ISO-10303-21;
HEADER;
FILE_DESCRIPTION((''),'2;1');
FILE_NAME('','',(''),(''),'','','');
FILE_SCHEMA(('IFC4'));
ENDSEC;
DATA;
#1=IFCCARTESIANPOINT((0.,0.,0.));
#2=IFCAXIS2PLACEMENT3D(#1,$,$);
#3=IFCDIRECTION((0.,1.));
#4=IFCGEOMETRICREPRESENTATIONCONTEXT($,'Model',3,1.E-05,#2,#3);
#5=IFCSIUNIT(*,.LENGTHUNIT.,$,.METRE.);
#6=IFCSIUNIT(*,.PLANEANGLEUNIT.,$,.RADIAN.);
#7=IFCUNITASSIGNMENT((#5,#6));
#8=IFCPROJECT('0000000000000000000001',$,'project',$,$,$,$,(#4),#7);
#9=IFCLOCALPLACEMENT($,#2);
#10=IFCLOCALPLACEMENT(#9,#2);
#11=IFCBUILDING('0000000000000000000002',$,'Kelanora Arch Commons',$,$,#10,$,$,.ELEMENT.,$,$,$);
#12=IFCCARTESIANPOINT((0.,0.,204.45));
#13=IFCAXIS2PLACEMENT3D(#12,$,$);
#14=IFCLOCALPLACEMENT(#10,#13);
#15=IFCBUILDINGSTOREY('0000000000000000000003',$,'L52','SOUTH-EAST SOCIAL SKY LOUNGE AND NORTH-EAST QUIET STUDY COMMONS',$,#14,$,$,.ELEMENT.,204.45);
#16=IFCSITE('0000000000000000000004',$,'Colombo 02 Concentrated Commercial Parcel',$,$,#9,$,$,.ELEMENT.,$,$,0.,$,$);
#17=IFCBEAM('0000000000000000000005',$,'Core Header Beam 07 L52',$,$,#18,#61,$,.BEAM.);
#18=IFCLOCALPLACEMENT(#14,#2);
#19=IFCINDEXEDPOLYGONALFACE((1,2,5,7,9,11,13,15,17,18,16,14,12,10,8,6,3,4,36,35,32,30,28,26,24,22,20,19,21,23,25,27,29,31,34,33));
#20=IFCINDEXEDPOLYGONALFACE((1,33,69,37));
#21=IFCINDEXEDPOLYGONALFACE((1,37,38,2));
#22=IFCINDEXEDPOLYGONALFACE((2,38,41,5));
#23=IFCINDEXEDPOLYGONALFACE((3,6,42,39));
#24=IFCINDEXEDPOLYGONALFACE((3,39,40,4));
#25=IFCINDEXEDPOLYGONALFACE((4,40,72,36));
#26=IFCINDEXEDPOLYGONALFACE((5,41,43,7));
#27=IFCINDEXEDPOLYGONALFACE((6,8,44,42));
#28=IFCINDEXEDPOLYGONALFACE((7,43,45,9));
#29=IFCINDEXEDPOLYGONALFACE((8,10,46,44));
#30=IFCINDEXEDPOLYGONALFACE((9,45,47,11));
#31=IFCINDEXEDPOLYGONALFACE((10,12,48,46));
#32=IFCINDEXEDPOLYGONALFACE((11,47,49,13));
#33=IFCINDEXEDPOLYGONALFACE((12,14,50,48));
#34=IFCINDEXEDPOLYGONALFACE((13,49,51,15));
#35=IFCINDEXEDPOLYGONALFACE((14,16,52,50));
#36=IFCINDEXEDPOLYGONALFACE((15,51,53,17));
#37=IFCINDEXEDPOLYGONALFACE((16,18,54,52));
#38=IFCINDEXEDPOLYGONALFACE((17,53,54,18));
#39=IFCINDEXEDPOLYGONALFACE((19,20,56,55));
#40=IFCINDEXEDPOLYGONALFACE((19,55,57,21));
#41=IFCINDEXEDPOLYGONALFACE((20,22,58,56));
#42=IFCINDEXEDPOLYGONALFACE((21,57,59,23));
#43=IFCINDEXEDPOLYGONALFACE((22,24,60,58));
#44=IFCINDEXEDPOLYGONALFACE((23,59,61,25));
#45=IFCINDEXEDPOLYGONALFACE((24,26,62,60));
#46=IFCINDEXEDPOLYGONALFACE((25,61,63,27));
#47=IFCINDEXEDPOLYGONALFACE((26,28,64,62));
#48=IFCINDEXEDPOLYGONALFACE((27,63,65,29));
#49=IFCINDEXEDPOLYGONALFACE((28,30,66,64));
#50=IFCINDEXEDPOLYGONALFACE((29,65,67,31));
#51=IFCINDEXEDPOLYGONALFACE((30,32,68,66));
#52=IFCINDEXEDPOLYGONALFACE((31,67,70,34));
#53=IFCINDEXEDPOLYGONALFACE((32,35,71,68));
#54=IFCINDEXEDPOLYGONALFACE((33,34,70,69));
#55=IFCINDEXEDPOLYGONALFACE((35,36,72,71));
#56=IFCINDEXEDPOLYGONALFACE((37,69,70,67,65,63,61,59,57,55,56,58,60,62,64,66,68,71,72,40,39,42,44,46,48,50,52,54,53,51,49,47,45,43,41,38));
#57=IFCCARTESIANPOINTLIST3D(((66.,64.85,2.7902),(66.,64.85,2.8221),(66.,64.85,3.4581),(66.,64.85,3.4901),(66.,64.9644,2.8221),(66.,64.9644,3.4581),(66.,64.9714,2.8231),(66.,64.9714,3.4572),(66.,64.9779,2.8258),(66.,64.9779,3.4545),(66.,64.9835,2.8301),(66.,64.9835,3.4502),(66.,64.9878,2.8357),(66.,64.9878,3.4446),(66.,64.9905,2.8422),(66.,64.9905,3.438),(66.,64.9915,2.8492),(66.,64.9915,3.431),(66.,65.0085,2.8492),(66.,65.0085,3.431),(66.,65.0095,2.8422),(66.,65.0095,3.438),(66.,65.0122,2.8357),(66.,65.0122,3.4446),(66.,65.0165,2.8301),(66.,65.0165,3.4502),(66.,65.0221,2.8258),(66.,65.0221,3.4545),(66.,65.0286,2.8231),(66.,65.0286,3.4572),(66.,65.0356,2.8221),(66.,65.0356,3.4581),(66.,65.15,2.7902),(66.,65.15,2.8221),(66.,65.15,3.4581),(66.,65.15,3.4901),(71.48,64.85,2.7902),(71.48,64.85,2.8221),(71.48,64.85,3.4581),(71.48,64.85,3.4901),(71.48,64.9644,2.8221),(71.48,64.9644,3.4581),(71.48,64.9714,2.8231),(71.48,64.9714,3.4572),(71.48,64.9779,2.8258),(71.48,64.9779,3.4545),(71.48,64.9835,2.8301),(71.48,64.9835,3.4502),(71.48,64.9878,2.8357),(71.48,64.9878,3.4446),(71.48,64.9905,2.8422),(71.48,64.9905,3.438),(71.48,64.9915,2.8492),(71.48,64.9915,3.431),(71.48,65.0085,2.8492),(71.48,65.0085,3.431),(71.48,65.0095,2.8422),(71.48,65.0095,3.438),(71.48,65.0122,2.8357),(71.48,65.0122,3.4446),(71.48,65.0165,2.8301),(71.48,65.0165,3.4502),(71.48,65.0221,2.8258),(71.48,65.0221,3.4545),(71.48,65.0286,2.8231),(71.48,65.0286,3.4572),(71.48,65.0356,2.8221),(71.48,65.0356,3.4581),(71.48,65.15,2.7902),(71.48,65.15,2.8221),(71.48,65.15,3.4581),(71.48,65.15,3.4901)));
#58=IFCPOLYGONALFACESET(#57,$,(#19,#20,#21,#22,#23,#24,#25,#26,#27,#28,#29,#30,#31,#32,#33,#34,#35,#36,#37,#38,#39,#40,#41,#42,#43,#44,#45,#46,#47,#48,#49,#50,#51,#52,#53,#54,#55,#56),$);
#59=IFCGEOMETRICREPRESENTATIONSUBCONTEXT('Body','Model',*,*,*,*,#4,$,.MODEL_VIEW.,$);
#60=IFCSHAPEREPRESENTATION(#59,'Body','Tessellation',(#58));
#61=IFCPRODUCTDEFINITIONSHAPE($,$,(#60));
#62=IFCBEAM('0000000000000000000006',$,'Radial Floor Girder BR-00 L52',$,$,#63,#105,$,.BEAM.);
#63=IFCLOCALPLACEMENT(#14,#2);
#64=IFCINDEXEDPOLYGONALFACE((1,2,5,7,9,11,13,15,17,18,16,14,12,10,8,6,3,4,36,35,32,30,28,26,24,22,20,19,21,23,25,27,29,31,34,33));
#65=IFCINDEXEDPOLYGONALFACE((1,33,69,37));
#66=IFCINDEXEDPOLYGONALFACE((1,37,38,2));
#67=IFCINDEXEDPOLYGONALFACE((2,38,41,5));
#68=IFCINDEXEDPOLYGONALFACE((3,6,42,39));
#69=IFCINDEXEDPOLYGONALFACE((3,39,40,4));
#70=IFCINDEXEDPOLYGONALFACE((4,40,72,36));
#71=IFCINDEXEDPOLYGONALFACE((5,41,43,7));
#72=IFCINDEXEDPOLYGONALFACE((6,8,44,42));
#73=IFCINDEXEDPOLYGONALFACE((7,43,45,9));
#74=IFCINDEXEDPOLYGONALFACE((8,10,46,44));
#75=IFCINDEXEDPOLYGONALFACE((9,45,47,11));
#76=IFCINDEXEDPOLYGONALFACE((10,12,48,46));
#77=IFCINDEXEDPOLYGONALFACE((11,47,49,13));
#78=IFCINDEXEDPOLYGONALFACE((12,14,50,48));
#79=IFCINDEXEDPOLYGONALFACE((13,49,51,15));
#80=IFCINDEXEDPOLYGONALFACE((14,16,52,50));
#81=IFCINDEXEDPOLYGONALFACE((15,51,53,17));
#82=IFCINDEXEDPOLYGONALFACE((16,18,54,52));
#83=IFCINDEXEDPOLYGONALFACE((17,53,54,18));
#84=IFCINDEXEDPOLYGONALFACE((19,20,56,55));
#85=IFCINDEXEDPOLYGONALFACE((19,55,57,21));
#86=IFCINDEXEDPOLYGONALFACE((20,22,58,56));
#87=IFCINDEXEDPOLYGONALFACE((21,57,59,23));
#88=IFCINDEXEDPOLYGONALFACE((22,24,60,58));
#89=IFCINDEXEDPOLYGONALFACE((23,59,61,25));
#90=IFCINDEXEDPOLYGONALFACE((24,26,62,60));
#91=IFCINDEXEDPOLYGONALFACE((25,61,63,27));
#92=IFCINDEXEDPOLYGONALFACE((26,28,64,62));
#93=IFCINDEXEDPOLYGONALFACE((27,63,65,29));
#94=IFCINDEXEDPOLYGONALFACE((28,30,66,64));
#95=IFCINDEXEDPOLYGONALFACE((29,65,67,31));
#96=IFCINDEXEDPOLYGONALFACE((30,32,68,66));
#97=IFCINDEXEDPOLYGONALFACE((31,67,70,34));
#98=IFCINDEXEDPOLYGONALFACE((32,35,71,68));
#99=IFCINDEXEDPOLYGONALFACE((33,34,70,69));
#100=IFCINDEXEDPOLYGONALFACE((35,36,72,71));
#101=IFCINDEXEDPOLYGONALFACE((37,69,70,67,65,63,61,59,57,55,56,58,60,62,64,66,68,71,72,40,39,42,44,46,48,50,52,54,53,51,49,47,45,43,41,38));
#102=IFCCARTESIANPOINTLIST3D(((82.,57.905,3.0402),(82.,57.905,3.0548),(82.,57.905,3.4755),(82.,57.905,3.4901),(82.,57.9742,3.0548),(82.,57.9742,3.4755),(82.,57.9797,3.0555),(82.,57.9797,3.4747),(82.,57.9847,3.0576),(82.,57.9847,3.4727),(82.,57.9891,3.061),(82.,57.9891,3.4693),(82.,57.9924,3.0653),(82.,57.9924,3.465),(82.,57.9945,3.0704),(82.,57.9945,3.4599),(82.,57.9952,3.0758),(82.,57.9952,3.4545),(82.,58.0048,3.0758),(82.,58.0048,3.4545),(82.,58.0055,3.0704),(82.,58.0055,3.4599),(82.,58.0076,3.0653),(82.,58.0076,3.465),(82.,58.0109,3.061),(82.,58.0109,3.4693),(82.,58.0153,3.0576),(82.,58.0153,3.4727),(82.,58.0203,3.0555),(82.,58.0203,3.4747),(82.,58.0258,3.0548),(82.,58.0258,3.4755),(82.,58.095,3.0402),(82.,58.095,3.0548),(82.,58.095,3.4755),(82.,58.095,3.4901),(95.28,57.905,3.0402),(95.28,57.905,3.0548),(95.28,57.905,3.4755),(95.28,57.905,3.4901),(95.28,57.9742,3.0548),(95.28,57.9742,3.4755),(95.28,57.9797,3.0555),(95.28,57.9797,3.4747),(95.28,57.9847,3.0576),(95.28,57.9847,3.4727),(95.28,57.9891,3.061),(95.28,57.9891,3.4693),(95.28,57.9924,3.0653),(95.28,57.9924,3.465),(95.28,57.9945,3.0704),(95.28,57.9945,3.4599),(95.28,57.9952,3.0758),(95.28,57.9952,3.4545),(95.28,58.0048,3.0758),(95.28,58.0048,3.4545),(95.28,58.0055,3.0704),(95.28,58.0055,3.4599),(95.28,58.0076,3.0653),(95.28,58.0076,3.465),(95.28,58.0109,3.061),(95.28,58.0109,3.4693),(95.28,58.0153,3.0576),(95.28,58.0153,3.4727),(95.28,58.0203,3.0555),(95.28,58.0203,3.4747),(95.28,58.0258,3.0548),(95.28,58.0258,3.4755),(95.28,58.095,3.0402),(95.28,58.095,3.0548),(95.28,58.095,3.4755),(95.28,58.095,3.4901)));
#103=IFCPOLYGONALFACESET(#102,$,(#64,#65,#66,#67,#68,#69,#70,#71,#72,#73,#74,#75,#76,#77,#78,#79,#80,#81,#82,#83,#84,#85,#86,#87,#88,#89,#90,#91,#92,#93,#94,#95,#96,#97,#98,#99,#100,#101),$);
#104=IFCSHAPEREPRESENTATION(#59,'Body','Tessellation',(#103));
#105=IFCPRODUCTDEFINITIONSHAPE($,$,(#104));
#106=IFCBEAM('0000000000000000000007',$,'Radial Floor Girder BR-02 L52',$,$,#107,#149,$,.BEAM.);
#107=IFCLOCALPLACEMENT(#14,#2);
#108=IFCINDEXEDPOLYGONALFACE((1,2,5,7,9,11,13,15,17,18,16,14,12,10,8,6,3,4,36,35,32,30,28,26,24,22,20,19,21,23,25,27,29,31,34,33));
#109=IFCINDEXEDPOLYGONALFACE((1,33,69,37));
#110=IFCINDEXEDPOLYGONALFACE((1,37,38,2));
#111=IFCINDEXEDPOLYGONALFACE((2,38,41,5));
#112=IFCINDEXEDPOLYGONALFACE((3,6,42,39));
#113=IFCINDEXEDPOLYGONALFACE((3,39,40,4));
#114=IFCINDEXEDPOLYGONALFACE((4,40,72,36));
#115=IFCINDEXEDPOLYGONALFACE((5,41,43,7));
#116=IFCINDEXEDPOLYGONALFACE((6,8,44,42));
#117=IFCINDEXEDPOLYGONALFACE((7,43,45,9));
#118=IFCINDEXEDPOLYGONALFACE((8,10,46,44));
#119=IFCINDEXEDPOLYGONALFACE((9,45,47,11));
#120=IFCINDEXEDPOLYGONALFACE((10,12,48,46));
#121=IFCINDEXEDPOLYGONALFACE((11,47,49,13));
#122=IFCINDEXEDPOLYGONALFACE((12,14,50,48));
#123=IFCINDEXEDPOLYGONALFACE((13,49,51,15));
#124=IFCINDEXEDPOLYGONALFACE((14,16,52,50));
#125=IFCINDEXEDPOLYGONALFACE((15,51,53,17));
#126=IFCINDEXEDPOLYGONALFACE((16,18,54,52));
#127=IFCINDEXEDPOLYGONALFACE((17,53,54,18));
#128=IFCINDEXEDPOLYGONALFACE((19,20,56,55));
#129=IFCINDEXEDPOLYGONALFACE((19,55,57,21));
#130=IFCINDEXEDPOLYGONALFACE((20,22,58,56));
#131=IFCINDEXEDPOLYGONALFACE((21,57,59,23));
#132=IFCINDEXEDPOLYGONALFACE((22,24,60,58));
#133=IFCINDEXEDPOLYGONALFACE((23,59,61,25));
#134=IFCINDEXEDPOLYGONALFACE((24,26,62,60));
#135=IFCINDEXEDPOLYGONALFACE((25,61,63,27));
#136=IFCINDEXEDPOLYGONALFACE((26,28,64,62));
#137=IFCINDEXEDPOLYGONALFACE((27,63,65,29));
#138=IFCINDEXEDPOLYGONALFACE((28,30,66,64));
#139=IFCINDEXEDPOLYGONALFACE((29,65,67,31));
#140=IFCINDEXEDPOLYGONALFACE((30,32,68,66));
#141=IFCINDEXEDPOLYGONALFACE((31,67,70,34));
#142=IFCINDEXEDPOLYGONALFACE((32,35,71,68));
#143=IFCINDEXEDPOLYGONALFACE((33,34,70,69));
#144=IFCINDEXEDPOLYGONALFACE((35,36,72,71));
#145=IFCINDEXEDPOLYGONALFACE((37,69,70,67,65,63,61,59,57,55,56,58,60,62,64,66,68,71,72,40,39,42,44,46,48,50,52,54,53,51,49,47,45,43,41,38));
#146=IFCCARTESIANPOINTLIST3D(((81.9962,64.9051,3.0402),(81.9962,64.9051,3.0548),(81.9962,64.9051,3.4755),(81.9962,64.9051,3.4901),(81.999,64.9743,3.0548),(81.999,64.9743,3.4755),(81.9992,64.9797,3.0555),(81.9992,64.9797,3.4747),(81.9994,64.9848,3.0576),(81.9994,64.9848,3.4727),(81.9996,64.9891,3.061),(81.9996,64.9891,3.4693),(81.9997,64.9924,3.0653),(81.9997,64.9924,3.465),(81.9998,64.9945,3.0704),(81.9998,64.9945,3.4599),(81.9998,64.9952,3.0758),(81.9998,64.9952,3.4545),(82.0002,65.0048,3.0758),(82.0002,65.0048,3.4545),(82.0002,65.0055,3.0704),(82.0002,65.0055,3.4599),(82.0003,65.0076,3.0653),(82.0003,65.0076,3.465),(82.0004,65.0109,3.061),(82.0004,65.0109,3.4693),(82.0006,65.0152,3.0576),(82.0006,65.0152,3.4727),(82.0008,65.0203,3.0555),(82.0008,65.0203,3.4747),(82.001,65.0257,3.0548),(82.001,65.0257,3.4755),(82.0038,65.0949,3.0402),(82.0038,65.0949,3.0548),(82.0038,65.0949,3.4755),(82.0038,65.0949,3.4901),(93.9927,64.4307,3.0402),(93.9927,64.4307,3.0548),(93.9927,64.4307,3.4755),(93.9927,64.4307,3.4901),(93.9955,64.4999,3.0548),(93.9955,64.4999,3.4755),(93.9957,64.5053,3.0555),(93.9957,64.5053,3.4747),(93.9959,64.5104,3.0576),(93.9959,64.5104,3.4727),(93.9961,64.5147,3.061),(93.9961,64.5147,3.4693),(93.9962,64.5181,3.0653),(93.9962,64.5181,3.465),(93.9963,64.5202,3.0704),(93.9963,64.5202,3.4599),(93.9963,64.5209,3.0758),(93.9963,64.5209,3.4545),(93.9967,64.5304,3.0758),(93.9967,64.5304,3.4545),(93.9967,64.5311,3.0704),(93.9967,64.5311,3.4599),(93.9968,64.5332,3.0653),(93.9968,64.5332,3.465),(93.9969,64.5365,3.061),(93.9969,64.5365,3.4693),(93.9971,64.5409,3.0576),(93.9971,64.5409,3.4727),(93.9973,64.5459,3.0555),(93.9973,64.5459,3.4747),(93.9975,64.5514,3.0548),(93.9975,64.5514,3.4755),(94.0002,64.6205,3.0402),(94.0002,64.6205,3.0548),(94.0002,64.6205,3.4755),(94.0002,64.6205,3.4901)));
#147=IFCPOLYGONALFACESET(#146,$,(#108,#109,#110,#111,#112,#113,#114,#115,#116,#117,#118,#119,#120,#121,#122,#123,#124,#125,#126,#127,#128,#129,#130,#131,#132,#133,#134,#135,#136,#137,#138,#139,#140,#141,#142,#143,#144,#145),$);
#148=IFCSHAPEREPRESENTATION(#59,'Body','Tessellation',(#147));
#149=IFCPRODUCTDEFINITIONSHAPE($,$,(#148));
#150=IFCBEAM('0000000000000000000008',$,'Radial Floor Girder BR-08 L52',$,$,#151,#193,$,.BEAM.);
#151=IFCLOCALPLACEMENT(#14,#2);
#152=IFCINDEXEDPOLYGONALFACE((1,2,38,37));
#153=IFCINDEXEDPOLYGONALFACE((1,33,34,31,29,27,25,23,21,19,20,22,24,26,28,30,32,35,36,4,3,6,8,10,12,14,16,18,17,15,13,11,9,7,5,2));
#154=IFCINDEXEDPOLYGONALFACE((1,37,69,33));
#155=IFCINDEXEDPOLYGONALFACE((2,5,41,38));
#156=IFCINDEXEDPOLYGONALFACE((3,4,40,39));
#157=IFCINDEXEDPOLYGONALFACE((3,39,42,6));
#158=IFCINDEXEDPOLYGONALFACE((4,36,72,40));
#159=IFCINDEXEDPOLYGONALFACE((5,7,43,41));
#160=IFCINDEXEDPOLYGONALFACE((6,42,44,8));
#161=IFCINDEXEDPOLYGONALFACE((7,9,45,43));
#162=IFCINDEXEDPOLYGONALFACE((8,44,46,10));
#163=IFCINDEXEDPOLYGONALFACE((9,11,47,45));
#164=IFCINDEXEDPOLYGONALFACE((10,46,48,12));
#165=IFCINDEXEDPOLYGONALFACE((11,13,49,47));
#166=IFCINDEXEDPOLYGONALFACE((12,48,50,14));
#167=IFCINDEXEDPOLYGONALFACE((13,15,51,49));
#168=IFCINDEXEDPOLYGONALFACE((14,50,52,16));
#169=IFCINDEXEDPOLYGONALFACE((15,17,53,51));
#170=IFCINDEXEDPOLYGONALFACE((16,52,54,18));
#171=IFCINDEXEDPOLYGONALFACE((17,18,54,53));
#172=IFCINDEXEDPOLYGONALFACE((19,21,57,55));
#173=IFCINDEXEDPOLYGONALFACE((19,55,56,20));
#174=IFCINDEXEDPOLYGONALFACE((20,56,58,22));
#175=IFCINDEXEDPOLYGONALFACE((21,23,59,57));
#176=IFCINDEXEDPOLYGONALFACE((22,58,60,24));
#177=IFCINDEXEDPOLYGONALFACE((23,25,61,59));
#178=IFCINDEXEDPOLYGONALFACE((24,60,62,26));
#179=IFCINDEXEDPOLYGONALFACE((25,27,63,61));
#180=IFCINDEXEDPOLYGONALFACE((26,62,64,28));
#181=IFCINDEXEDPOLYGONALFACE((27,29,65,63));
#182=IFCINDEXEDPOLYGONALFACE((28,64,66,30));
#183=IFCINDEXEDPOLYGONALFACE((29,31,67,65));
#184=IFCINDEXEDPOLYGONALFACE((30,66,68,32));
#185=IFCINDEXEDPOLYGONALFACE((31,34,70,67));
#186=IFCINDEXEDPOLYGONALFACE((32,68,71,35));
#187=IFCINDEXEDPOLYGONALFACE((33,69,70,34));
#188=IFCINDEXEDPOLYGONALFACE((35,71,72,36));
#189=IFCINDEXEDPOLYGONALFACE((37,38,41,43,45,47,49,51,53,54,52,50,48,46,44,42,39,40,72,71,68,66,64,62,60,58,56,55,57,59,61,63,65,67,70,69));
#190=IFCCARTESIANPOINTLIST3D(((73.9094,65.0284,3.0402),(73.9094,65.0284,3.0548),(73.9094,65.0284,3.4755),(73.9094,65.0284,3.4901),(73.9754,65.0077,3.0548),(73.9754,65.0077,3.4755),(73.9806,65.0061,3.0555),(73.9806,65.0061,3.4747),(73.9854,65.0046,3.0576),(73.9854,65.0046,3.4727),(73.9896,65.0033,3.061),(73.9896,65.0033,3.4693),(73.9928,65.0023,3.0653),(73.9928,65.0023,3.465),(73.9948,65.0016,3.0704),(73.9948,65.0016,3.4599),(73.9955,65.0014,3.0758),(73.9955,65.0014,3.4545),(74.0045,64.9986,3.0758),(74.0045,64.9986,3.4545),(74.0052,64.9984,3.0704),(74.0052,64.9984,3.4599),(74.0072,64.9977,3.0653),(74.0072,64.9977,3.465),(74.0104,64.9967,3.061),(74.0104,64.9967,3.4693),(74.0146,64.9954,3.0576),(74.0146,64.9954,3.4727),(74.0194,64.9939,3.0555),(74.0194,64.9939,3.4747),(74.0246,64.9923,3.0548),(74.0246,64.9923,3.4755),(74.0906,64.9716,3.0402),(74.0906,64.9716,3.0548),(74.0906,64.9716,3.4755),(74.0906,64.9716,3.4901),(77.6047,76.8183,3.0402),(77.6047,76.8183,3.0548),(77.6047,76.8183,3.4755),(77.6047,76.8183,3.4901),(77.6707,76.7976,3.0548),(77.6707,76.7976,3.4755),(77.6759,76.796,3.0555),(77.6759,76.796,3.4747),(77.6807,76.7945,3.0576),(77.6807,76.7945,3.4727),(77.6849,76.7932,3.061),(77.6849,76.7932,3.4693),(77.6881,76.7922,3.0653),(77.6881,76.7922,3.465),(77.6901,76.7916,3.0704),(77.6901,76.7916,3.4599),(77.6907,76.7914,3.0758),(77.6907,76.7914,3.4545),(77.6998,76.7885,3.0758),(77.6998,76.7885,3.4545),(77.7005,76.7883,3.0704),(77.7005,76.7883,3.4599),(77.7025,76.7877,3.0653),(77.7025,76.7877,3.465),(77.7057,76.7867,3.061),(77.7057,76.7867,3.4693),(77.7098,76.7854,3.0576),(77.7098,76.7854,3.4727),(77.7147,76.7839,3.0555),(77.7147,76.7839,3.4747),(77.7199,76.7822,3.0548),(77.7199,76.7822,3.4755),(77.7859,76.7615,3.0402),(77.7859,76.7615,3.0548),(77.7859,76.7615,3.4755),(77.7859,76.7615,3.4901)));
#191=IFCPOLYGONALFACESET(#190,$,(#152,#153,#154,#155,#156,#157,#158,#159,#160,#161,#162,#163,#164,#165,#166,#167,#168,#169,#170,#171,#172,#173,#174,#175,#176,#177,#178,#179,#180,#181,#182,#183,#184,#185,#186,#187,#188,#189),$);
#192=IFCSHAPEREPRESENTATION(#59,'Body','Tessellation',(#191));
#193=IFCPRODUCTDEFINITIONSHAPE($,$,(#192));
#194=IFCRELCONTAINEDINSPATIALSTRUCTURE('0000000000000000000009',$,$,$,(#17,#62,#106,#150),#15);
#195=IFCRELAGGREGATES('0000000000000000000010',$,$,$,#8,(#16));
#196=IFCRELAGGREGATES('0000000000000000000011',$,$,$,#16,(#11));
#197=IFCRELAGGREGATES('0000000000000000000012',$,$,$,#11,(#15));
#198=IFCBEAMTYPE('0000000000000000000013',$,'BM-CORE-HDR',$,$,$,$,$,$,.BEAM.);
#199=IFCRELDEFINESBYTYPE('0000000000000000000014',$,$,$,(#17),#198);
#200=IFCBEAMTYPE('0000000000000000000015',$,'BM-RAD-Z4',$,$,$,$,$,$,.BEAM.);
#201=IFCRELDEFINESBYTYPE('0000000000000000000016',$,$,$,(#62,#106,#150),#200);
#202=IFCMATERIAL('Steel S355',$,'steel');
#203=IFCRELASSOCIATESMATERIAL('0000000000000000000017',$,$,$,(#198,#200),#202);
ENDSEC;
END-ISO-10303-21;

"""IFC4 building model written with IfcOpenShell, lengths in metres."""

from ifc_helpers import new_model, si_unit, direction, frame, origin, origin_2d, place, context, subcontext, project, spatial, i_section, extrude, material, material_profile, profile_set, type_object, element, save


model = new_model("IFC4")

# Units and contexts
model_context = context("Model", 3, precision=1e-05, world=origin(), true_north=direction((0.0, 1.0)))
body_context = subcontext(model_context, "Body", "Model", "MODEL_VIEW")
ifc_project = project(units=[si_unit("LENGTHUNIT", "METRE"), si_unit("PLANEANGLEUNIT", "RADIAN")], contexts=[model_context])

# Site, building, storey
site_placement = place(None, origin())
site = spatial("IfcSite", under=ifc_project, at=site_placement, Name="Colombo 02 Concentrated Commercial Parcel", CompositionType="ELEMENT", RefElevation=0.0)
building_placement = place(site_placement, origin())
building = spatial("IfcBuilding", under=site, at=building_placement, Name="Kelanora Arch Commons", CompositionType="ELEMENT")
storey_placement = place(building_placement, frame((0.0, 0.0, 204.45)))
storey = spatial("IfcBuildingStorey", under=building, at=storey_placement, Name="L52", Description="SOUTH-EAST SOCIAL SKY LOUNGE AND NORTH-EAST QUIET STUDY COMMONS", CompositionType="ELEMENT", Elevation=204.45)

# Beams
ifc_material_1 = material(Name="Steel S355", Category="steel")
ifc_material_profile_1 = material_profile(ifc_material_1, i_section(OverallWidth=0.3, OverallDepth=0.7, WebThickness=0.0171, FlangeThickness=0.032, FilletRadius=0.0271, at=origin_2d()), Name="HEB700")
ifc_profile_set_1 = profile_set([ifc_material_profile_1], Name="Steel S355")
beam_type_1 = type_object("IfcBeamType", Name="BM-CORE-HDR", PredefinedType="BEAM", material=ifc_profile_set_1)
beam_1_placement = place(storey_placement, frame((71.48, 65.0, 3.1401), z_axis=(-1.0, 0.0, 0.0), x_axis=(0.0, -1.0, 0.0)))
element("IfcBeam", 1, at=beam_1_placement, inside=storey, type_object=beam_type_1, Name="Core Header Beam 07 L52", PredefinedType="BEAM", context=body_context, shape_type="SweptSolid", body=[
    extrude(i_section(OverallWidth=0.3, OverallDepth=0.7, WebThickness=0.0171, FlangeThickness=0.032, FilletRadius=0.0271, at=origin_2d()), origin(), (0.0, 0.0, 1.0), 5.48),
])
ifc_material_profile_2 = material_profile(ifc_material_1, i_section(OverallWidth=0.1899, OverallDepth=0.45, WebThickness=0.0095, FlangeThickness=0.0146, FilletRadius=0.021, at=origin_2d()), Name="IPE450")
ifc_profile_set_2 = profile_set([ifc_material_profile_2], Name="Steel S355")
beam_type_2 = type_object("IfcBeamType", Name="BM-RAD-Z4", PredefinedType="BEAM", material=ifc_profile_set_2)
beam_2_placement = place(storey_placement, frame((82.0, 58.0, 3.2651), z_axis=(1.0, 0.0, 0.0), x_axis=(0.0, 1.0, 0.0)))
element("IfcBeam", 2, at=beam_2_placement, inside=storey, type_object=beam_type_2, Name="Radial Floor Girder BR-00 L52", PredefinedType="BEAM", context=body_context, shape_type="SweptSolid", body=[
    extrude(i_section(OverallWidth=0.1899, OverallDepth=0.45, WebThickness=0.0095, FlangeThickness=0.0146, FilletRadius=0.021, at=origin_2d()), origin(), (0.0, 0.0, 1.0), 13.28),
])
beam_3_placement = place(storey_placement, frame((82.0, 65.0, 3.2651), z_axis=(0.999219, -0.039511, 0.0), x_axis=(0.039511, 0.999219, 0.0)))
element("IfcBeam", 3, at=beam_3_placement, inside=storey, type_object=beam_type_2, Name="Radial Floor Girder BR-02 L52", PredefinedType="BEAM", context=body_context, shape_type="SweptSolid", body=[
    extrude(i_section(OverallWidth=0.1899, OverallDepth=0.45, WebThickness=0.0095, FlangeThickness=0.0146, FilletRadius=0.021, at=origin_2d()), origin(), (0.0, 0.0, 1.0), 12.0059),
])
beam_4_placement = place(storey_placement, frame((74.0, 65.0, 3.2651), z_axis=(0.29908, 0.954228, 0.0), x_axis=(-0.954228, 0.29908, 0.0)))
element("IfcBeam", 4, at=beam_4_placement, inside=storey, type_object=beam_type_2, Name="Radial Floor Girder BR-08 L52", PredefinedType="BEAM", context=body_context, shape_type="SweptSolid", body=[
    extrude(i_section(OverallWidth=0.1899, OverallDepth=0.45, WebThickness=0.0095, FlangeThickness=0.0146, FilletRadius=0.021, at=origin_2d()), origin(), (0.0, 0.0, 1.0), 12.3555),
])

save(model, "model.ifc")
